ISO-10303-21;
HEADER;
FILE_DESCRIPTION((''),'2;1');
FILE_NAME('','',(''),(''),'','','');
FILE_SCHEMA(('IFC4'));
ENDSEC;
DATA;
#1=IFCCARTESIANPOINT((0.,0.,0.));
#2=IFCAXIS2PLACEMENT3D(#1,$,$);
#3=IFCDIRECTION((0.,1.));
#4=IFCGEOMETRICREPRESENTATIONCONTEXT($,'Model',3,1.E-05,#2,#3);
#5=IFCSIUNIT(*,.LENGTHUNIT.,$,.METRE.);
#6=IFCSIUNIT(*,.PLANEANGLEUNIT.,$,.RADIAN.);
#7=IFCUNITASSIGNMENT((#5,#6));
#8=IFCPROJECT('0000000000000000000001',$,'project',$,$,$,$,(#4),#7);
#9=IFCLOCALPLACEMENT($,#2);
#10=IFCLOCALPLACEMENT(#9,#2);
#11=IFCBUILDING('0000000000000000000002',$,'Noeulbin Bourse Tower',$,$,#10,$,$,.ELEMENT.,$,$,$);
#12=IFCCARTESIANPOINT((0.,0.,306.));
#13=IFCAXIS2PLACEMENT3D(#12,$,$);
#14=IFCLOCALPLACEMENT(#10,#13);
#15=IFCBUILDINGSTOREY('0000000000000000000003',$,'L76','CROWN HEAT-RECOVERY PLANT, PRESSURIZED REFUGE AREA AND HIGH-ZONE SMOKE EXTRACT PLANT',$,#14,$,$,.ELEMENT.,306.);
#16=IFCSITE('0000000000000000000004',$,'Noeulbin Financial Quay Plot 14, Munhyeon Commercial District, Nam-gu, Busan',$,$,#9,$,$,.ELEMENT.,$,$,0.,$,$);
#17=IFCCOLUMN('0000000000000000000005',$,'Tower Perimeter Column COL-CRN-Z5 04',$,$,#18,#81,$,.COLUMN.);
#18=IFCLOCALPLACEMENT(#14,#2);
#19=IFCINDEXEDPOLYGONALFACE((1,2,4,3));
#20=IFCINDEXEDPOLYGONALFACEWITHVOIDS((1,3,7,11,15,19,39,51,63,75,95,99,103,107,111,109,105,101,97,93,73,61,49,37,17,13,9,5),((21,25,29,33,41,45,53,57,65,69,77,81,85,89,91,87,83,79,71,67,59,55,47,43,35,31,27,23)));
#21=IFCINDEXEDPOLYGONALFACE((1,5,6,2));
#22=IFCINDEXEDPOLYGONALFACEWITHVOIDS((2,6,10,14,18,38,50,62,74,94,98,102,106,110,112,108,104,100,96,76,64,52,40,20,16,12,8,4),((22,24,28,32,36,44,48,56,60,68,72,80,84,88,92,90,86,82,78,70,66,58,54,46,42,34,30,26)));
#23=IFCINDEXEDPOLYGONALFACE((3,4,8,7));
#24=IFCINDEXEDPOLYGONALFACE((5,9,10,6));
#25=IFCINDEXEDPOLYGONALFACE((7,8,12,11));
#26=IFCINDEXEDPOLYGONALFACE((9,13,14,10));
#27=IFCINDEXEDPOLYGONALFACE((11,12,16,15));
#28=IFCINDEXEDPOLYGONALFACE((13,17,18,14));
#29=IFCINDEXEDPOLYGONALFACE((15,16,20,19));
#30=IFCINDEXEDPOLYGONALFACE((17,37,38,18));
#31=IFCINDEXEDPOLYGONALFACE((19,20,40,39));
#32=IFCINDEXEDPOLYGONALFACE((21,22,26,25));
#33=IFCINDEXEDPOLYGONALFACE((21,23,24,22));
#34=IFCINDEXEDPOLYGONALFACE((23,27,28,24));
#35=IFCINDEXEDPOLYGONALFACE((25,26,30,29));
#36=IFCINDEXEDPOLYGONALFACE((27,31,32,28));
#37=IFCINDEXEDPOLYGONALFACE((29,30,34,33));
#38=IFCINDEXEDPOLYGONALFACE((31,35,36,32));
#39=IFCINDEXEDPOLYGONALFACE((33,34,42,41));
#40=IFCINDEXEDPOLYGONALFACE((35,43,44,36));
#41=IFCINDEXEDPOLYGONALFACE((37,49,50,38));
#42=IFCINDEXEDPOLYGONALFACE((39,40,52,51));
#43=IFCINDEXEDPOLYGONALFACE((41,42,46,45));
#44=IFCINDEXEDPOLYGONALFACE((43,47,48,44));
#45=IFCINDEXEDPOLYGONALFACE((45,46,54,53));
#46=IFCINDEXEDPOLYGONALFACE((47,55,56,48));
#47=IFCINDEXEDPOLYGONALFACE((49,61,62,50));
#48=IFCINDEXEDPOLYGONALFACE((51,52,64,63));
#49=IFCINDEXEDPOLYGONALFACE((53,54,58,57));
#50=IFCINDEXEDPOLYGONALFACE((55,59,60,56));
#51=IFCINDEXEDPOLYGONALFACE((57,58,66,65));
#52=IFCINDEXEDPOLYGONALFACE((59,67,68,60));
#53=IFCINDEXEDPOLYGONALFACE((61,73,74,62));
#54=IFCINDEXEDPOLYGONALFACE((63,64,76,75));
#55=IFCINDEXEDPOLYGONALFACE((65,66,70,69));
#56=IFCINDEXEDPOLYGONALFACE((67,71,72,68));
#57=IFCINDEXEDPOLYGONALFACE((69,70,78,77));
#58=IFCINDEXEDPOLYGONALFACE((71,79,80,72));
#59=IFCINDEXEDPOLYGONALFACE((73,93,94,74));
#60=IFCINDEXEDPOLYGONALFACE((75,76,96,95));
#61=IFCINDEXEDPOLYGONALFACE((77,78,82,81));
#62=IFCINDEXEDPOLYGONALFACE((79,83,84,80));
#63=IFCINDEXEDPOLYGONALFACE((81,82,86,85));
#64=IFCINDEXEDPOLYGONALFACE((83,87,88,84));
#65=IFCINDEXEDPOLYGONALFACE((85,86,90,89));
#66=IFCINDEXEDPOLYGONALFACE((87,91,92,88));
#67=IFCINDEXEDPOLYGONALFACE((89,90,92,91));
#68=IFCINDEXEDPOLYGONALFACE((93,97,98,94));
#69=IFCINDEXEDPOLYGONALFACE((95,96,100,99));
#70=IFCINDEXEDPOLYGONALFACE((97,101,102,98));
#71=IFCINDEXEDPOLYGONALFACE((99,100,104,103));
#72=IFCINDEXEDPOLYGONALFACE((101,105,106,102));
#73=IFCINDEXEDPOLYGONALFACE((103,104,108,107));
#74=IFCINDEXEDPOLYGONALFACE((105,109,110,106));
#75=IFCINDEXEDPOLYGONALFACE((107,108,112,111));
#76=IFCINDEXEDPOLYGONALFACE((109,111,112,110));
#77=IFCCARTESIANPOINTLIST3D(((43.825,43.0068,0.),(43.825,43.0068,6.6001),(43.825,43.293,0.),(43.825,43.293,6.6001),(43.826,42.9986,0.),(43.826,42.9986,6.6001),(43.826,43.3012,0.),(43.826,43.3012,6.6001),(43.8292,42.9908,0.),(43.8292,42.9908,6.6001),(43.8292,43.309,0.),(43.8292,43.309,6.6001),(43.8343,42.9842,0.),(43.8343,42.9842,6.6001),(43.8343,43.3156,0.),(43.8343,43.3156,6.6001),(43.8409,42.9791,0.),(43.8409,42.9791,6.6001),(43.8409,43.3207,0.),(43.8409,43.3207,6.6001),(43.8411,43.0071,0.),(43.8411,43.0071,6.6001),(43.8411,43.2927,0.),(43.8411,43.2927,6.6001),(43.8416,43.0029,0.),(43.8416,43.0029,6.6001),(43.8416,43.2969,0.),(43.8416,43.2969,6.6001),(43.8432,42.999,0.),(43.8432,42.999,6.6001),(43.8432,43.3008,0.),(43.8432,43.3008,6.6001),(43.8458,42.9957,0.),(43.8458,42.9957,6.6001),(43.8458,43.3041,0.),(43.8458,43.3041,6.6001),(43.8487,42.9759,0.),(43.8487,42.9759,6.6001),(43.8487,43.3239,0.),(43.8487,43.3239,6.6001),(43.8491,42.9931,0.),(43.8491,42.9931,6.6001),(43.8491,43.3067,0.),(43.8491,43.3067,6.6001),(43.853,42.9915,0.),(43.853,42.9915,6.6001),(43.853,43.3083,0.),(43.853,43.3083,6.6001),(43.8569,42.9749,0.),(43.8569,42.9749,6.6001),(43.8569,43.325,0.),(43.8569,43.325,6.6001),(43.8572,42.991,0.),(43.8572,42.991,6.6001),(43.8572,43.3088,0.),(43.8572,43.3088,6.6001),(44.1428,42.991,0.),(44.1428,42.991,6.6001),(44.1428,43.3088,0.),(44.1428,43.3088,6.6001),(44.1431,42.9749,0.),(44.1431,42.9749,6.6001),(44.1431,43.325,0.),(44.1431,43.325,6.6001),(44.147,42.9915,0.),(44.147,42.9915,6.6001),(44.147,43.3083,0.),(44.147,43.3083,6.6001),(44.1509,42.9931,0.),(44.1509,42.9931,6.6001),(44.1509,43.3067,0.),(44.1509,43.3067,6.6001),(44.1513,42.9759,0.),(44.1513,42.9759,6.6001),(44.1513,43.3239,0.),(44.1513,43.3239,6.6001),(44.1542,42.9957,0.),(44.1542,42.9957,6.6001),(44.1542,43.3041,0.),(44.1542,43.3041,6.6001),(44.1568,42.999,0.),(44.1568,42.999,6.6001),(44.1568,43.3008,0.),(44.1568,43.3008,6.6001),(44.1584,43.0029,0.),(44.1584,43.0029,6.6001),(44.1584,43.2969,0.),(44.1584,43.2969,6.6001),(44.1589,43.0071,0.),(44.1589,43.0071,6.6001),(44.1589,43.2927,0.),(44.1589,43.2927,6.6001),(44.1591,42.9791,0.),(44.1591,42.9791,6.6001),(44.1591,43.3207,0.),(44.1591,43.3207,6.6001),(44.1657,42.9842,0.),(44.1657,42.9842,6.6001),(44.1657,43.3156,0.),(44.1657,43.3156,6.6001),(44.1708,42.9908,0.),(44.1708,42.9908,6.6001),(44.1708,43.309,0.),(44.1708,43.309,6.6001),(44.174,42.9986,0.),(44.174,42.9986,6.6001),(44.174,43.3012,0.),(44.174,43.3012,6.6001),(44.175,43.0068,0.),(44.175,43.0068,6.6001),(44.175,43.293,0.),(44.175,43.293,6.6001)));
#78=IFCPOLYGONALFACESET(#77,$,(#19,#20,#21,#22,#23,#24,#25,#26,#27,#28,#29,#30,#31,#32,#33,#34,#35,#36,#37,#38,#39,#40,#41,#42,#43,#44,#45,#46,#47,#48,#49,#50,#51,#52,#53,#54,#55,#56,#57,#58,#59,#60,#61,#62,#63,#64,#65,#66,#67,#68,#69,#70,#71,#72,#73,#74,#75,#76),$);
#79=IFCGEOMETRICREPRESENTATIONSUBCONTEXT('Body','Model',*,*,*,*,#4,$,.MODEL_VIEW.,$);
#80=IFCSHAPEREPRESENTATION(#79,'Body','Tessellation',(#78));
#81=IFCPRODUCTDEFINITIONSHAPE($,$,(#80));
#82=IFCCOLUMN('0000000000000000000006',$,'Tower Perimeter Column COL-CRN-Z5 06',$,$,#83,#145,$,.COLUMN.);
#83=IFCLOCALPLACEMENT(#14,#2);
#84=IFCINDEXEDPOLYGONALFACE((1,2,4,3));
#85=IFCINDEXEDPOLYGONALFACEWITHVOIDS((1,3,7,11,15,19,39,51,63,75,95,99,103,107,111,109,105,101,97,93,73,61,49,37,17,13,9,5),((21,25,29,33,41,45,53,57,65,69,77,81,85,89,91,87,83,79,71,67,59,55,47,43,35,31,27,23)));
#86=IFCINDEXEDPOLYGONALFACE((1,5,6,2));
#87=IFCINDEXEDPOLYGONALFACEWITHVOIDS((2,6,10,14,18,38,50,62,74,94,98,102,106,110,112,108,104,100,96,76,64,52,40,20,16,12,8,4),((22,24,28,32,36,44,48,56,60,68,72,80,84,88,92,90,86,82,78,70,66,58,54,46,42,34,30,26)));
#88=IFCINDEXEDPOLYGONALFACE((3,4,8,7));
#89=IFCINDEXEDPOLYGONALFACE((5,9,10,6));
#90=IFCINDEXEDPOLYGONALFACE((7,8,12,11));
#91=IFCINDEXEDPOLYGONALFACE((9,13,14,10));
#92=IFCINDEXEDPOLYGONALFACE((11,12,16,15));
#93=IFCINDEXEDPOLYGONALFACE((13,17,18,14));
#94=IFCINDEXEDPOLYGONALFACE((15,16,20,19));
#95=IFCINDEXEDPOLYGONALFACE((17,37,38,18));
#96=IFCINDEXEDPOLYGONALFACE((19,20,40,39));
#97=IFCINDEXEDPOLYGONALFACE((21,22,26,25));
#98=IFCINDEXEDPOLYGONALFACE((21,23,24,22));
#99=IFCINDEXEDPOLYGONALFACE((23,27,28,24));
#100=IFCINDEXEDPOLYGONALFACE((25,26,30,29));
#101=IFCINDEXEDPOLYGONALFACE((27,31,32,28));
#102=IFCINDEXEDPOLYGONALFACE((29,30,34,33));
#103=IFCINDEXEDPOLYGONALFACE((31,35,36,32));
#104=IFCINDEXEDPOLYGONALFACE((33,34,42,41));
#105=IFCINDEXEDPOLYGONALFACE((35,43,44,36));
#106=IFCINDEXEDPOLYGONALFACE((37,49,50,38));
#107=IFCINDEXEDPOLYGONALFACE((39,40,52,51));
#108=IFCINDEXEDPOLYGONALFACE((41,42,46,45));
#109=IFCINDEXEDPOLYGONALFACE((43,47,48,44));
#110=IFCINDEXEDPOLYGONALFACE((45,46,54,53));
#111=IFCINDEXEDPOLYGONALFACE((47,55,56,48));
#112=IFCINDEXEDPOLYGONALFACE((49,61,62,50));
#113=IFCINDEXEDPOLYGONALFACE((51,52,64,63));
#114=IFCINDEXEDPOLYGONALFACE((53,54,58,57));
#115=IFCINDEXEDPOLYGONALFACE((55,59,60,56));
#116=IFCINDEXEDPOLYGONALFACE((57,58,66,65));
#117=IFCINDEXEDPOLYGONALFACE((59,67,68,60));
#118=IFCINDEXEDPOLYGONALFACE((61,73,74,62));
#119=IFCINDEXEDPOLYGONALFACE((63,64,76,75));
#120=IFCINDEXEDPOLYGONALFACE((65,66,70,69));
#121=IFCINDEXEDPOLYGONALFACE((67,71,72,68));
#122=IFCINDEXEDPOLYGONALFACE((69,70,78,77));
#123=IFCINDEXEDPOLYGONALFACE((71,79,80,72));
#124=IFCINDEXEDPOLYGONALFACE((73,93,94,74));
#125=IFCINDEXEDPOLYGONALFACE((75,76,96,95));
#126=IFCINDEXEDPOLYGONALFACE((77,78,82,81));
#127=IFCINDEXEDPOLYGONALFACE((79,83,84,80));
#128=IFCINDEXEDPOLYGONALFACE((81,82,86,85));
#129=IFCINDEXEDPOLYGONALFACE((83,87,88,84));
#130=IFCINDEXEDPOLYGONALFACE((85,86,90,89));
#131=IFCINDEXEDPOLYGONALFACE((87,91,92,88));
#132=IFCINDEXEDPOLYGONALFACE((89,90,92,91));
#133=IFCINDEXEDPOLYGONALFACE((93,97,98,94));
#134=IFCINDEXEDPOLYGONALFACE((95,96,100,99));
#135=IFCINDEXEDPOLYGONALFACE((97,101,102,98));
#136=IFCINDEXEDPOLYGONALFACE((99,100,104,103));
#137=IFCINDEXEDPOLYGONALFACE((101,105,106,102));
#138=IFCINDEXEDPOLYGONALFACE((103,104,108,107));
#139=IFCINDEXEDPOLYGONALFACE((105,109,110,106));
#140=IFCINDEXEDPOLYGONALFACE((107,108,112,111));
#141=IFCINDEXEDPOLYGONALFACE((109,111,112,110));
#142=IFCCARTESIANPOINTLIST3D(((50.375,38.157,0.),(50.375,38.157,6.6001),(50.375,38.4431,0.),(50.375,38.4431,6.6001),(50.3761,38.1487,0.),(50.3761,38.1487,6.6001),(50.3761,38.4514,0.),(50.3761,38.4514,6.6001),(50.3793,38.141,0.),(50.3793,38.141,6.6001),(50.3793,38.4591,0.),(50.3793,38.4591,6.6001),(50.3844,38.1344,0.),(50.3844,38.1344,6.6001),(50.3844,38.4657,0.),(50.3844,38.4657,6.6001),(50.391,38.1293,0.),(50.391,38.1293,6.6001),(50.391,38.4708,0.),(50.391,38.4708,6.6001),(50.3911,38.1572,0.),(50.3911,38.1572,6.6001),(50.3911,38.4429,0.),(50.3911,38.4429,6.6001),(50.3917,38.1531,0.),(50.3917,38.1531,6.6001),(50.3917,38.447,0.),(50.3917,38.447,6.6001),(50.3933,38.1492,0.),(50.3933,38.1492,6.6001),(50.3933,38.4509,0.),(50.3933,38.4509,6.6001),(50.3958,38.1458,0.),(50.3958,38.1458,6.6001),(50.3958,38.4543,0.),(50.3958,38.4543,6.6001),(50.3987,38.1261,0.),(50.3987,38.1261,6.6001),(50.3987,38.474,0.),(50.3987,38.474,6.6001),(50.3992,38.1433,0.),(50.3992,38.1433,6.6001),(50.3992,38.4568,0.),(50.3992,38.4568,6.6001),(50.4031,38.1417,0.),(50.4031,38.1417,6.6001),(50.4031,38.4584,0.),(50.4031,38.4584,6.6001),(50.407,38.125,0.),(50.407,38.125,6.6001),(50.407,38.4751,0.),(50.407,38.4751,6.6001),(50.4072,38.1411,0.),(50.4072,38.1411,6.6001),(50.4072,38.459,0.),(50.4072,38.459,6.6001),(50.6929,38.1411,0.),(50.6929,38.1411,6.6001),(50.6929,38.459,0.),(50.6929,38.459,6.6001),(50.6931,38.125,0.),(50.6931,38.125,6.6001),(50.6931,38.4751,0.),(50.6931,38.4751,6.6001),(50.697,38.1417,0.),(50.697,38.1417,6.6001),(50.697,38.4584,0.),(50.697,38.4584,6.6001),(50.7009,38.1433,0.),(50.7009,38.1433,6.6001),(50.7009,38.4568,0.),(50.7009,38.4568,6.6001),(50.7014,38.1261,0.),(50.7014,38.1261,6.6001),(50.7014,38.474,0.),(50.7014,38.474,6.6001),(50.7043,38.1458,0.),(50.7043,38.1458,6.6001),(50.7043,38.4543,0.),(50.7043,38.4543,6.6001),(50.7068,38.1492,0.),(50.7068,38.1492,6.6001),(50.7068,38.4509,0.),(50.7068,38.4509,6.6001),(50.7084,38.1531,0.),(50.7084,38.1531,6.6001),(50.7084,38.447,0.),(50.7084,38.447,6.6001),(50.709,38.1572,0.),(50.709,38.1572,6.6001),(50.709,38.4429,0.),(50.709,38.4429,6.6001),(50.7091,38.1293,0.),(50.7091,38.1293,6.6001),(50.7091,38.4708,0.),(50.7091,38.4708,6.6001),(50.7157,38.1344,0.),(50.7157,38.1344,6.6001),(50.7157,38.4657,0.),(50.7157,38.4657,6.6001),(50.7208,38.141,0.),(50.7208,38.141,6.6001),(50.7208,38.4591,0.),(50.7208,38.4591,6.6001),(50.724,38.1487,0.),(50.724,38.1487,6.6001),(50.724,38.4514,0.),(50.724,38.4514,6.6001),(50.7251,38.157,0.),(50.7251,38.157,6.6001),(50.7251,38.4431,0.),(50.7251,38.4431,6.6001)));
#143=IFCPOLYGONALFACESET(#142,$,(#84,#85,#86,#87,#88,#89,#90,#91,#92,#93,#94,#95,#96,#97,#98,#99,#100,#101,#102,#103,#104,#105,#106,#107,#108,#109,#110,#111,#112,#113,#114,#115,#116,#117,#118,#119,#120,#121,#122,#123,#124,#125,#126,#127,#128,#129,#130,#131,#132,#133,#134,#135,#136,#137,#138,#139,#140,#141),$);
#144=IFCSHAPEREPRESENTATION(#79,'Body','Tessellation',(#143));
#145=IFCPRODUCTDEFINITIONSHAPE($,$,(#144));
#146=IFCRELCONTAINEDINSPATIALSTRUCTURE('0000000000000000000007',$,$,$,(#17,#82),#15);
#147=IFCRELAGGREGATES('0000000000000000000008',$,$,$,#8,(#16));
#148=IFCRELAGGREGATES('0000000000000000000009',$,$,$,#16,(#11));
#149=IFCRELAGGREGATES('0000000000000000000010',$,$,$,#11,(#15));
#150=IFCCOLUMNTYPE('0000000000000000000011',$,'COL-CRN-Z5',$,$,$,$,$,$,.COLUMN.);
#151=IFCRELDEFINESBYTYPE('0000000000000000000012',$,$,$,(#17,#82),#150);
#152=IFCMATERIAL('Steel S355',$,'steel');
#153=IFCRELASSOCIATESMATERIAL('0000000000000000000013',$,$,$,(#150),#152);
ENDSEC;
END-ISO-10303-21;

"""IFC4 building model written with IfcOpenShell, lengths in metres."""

from ifc_helpers import new_model, si_unit, direction, frame, origin, origin_2d, place, context, subcontext, project, spatial, hollow_rectangle, extrude, material, material_profile, profile_set, type_object, element, save


model = new_model("IFC4")

# Units and contexts
model_context = context("Model", 3, precision=1e-05, world=origin(), true_north=direction((0.0, 1.0)))
body_context = subcontext(model_context, "Body", "Model", "MODEL_VIEW")
ifc_project = project(units=[si_unit("LENGTHUNIT", "METRE"), si_unit("PLANEANGLEUNIT", "RADIAN")], contexts=[model_context])

# Site, building, storey
site_placement = place(None, origin())
site = spatial("IfcSite", under=ifc_project, at=site_placement, Name="Noeulbin Financial Quay Plot 14, Munhyeon Commercial District, Nam-gu, Busan", CompositionType="ELEMENT", RefElevation=0.0)
building_placement = place(site_placement, origin())
building = spatial("IfcBuilding", under=site, at=building_placement, Name="Noeulbin Bourse Tower", CompositionType="ELEMENT")
storey_placement = place(building_placement, frame((0.0, 0.0, 306.0)))
storey = spatial("IfcBuildingStorey", under=building, at=storey_placement, Name="L76", Description="CROWN HEAT-RECOVERY PLANT, PRESSURIZED REFUGE AREA AND HIGH-ZONE SMOKE EXTRACT PLANT", CompositionType="ELEMENT", Elevation=306.0)

# Columns
ifc_material_1 = material(Name="Steel S355", Category="steel")
ifc_material_profile_1 = material_profile(ifc_material_1, hollow_rectangle(XDim=0.3501, YDim=0.3501, WallThickness=0.0161, InnerFilletRadius=0.0161, OuterFilletRadius=0.032, at=origin_2d()), Name="SHS-350x350x16", Category="LoadBearing")
ifc_profile_set_1 = profile_set([ifc_material_profile_1], Name="Steel S355")
column_type_1 = type_object("IfcColumnType", Name="COL-CRN-Z5", PredefinedType="COLUMN", material=ifc_profile_set_1)
for number, where, z_axis, x_axis, name in (
    (1, (44.0, 43.1499, 0.0), (0.0, 0.0, 1.0), (1.0, 0.0, 0.0), "Tower Perimeter Column COL-CRN-Z5 04"),
    (2, (50.55, 38.3, 0.0), (0.0, 0.0, 1.0), (1.0, 0.0, 0.0), "Tower Perimeter Column COL-CRN-Z5 06"),
):
    element("IfcColumn", number, at=place(storey_placement, frame(where, z_axis=z_axis, x_axis=x_axis)), inside=storey, type_object=column_type_1, Name=name, PredefinedType="COLUMN", context=body_context, shape_type="SweptSolid", body=[
        extrude(hollow_rectangle(XDim=0.3501, YDim=0.3501, WallThickness=0.0161, InnerFilletRadius=0.0161, OuterFilletRadius=0.032, at=origin_2d()), origin(), (0.0, 0.0, 1.0), 6.6001),
    ])

save(model, "model.ifc")
